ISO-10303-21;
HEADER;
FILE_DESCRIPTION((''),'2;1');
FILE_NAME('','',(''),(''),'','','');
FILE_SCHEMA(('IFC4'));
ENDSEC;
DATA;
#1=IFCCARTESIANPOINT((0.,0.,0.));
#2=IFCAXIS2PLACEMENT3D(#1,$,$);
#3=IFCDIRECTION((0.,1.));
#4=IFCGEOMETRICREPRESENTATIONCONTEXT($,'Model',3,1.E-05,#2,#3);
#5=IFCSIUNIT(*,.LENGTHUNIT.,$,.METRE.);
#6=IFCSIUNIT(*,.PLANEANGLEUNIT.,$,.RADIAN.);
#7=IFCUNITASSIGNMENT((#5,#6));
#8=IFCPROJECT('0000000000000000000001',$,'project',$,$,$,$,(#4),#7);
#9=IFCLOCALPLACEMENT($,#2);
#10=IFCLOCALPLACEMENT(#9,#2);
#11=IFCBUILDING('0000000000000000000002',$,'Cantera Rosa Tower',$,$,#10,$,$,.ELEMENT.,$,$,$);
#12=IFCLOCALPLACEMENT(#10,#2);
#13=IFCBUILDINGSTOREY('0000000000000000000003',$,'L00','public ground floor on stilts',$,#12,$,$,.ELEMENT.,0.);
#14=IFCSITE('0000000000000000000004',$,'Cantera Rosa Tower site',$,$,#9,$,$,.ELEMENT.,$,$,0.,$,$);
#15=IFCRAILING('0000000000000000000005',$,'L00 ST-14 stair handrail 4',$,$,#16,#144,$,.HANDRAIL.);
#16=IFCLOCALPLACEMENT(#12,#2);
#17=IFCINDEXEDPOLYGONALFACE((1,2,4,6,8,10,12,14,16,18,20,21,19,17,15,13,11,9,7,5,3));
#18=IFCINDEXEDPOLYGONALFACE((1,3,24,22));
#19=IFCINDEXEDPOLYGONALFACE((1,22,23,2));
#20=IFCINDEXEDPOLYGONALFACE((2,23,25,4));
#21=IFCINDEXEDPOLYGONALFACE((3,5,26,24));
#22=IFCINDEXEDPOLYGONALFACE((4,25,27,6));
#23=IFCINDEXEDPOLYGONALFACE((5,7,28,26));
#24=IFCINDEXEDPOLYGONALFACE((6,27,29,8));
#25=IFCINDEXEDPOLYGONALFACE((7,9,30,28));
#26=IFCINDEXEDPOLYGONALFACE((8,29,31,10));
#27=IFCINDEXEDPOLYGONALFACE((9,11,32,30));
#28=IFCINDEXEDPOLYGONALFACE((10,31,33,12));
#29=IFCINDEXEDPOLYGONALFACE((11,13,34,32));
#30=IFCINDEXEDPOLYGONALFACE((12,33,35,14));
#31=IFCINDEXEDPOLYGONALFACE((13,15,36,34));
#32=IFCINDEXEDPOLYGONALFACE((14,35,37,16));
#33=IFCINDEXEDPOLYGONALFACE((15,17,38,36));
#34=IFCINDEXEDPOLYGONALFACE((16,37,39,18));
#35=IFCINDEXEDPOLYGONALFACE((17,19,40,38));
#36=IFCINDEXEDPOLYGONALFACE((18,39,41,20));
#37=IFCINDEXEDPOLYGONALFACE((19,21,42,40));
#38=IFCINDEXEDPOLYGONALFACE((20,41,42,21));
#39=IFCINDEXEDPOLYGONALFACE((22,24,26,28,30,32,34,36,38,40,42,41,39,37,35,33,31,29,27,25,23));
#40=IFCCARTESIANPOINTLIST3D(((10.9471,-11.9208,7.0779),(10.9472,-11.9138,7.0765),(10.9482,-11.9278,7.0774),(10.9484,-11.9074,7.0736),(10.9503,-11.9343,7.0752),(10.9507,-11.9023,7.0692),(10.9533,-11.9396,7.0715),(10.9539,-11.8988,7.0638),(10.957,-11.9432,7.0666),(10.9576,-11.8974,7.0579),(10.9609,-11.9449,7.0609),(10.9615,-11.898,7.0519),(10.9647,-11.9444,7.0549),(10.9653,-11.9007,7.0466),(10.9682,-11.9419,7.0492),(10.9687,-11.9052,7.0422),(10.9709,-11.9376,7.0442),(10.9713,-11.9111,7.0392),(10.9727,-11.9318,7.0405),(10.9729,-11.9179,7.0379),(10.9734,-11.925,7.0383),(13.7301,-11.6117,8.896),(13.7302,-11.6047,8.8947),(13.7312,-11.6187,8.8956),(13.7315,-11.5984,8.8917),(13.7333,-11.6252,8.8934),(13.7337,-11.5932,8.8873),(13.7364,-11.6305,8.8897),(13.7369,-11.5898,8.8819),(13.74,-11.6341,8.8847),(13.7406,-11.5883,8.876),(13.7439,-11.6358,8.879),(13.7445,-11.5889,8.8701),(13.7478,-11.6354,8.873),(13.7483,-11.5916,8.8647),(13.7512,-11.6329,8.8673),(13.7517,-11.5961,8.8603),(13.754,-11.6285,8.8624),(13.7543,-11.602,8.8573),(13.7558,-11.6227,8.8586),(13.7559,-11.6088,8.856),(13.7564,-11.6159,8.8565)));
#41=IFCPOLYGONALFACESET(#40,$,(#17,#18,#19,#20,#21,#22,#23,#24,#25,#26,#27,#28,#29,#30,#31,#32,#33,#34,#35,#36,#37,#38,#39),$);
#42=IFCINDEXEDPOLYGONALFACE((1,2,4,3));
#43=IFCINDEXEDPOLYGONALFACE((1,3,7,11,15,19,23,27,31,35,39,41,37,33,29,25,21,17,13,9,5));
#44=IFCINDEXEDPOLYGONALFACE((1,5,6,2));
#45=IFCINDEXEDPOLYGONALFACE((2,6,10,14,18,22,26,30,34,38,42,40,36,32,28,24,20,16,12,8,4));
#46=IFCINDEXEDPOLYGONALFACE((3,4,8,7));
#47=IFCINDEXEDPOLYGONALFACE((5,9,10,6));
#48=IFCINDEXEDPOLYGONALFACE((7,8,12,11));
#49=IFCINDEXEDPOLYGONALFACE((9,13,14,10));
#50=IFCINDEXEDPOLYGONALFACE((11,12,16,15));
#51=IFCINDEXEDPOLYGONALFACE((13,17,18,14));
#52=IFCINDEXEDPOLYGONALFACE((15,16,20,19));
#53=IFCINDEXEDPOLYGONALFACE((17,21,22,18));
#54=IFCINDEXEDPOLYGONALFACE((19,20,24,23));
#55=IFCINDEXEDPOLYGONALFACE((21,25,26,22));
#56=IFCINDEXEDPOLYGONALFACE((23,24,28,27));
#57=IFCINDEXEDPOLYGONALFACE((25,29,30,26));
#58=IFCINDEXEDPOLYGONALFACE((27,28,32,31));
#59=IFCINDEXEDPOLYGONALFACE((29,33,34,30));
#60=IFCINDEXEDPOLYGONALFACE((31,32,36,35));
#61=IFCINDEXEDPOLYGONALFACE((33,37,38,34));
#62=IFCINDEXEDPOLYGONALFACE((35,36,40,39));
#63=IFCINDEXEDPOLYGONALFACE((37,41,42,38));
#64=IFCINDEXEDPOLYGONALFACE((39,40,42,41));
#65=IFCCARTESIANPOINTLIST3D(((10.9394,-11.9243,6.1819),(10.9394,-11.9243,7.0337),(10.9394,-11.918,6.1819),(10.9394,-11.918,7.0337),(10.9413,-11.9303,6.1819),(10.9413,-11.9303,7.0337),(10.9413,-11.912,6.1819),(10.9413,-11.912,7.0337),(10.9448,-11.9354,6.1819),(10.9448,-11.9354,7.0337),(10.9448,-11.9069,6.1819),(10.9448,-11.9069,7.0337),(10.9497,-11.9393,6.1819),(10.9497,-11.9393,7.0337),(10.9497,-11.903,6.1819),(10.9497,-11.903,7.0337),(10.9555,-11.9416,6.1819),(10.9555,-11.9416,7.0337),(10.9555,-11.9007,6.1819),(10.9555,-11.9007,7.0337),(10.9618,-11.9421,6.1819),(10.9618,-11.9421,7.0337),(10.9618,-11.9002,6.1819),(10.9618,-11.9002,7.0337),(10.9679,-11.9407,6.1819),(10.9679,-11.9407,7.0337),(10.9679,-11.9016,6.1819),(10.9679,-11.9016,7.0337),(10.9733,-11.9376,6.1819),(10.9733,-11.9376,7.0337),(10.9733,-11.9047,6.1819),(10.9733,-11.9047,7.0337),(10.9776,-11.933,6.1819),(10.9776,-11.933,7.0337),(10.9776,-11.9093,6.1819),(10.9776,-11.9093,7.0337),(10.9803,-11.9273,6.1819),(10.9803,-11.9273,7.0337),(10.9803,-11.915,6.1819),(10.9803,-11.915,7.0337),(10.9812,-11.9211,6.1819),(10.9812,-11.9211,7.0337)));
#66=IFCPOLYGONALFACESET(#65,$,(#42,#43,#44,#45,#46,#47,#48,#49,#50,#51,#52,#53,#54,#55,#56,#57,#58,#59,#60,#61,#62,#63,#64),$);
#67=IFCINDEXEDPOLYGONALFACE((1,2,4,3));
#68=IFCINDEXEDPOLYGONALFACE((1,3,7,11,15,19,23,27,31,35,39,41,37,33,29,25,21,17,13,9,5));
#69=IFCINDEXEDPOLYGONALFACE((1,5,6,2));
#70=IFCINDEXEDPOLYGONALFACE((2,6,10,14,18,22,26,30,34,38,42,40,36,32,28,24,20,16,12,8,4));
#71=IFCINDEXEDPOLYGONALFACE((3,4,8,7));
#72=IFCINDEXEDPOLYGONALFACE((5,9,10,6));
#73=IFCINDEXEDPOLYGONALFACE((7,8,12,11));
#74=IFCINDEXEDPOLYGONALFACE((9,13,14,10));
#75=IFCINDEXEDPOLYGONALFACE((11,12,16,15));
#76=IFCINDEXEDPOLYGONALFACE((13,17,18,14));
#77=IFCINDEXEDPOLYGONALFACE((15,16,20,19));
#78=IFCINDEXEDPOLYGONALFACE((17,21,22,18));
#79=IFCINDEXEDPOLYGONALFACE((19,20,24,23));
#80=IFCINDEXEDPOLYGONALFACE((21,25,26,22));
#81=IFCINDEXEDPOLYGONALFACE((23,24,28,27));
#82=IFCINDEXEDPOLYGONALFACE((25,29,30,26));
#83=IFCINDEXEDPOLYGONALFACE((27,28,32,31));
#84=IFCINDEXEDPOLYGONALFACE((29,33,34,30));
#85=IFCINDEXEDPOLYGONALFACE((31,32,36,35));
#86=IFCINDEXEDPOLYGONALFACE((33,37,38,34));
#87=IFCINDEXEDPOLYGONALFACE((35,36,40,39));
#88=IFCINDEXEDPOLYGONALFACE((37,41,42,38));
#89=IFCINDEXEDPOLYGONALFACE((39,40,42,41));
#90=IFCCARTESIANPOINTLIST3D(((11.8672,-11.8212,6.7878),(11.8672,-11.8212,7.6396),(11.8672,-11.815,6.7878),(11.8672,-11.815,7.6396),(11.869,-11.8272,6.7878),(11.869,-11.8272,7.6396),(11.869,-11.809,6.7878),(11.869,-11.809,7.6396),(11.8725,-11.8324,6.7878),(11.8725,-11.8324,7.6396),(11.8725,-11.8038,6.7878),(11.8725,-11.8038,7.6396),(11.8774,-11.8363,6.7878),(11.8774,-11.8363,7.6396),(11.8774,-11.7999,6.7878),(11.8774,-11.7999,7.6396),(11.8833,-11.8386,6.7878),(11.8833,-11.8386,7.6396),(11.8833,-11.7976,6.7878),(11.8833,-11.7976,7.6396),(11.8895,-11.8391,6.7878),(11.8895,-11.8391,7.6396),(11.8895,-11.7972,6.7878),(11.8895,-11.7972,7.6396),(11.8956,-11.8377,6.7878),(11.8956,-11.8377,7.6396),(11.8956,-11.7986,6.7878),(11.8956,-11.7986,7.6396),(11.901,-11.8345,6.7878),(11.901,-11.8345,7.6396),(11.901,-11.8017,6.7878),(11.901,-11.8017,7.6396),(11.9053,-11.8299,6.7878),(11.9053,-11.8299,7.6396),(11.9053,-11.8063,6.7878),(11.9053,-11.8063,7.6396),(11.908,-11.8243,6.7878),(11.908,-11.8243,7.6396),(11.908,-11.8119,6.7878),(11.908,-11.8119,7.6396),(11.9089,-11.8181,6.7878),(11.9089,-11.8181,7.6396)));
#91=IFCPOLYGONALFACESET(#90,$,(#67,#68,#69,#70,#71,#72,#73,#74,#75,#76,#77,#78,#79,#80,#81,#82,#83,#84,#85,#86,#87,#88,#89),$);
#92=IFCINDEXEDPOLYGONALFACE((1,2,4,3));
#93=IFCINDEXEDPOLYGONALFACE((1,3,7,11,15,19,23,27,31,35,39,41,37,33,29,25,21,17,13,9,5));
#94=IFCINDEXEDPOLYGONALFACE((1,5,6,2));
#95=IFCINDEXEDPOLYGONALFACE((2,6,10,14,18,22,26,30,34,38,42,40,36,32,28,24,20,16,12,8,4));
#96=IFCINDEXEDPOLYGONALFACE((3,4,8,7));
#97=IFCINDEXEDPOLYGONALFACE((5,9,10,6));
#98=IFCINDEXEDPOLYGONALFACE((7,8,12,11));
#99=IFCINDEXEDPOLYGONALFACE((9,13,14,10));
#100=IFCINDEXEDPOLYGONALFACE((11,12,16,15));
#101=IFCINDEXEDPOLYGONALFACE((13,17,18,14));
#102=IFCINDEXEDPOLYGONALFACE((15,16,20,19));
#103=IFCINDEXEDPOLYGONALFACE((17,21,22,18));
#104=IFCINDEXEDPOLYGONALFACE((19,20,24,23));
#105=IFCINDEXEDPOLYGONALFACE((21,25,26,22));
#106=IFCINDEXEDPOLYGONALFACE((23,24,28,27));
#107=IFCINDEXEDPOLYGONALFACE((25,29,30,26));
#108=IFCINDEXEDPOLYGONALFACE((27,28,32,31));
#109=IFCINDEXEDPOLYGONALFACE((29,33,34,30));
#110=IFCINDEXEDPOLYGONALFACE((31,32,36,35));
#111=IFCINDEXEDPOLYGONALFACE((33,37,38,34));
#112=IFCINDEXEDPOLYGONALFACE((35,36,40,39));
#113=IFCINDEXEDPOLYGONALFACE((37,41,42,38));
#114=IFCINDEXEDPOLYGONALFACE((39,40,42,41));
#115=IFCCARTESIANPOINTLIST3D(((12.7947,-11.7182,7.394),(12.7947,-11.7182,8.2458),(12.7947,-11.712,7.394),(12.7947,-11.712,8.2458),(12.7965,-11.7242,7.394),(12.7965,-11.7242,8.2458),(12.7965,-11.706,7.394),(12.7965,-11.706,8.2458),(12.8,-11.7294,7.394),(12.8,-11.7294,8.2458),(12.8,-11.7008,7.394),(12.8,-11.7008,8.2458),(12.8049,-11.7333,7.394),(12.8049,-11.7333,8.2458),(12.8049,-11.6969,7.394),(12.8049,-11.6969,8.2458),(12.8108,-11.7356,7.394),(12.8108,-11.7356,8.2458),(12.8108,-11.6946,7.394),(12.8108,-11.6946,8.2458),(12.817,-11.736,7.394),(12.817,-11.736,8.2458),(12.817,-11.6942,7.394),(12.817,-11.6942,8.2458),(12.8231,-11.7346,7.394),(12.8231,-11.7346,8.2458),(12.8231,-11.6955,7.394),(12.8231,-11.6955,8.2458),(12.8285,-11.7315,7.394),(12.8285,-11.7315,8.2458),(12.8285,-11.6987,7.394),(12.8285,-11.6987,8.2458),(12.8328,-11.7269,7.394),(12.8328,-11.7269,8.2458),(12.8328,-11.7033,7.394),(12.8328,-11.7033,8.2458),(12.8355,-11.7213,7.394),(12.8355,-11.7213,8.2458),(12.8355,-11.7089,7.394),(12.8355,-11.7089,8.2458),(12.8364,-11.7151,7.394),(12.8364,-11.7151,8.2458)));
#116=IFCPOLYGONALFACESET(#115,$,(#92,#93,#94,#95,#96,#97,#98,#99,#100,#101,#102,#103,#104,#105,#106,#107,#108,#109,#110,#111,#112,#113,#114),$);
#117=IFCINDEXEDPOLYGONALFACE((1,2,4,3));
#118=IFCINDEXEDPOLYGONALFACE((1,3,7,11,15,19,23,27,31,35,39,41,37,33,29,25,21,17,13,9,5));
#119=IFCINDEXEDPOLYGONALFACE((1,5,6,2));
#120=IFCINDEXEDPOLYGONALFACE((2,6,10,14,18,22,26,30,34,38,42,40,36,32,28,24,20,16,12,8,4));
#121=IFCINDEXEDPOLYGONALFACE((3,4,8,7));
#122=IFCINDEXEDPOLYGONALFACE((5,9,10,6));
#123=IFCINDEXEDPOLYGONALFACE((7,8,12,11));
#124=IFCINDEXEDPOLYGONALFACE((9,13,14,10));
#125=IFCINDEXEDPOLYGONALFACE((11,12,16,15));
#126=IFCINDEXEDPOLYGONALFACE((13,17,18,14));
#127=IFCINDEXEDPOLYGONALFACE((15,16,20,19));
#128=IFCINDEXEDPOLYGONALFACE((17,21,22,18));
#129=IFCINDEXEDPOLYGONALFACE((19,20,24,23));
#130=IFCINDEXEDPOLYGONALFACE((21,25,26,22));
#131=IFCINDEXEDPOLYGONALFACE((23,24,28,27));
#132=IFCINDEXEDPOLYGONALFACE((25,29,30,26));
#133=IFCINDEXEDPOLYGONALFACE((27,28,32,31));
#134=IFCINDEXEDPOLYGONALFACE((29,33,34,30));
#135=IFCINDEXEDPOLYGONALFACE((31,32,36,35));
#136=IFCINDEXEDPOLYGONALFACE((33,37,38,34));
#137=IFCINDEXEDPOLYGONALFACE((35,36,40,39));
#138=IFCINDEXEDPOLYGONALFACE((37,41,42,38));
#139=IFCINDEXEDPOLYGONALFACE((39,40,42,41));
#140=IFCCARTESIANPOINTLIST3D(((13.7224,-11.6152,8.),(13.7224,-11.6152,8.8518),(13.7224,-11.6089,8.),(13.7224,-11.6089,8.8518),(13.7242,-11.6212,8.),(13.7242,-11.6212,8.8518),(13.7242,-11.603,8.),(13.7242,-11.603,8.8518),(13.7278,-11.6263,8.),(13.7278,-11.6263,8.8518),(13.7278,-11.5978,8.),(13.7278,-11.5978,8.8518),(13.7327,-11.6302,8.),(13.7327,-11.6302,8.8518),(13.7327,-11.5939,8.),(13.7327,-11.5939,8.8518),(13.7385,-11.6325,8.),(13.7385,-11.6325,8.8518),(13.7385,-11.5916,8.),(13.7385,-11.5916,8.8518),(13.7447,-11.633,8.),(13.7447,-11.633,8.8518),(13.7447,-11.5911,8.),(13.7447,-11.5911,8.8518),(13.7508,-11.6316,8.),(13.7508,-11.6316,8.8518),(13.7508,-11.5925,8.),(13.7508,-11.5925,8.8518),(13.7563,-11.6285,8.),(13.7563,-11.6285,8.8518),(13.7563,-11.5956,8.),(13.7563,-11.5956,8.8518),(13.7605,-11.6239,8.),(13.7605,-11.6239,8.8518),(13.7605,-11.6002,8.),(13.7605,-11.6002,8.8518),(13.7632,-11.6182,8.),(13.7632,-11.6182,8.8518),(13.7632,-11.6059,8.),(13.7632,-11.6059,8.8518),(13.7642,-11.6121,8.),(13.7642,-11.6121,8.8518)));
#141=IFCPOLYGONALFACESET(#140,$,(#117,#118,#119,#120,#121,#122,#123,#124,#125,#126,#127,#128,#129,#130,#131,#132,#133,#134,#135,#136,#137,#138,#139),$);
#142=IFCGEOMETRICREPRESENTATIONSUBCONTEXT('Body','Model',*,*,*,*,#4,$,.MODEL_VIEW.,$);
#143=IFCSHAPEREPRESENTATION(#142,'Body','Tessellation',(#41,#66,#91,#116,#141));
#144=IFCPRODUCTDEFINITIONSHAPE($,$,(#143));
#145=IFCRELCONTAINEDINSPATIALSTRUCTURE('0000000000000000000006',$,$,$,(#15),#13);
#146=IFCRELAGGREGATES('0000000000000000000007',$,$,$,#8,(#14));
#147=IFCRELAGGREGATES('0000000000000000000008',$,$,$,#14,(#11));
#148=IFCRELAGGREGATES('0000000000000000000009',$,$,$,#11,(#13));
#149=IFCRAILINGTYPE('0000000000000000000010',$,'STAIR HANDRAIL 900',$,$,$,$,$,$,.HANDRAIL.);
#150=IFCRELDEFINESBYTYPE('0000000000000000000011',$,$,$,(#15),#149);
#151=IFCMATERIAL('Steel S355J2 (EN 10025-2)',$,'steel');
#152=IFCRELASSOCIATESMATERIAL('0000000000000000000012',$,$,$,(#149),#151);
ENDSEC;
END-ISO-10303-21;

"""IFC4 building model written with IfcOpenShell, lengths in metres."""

from ifc_helpers import new_model, si_unit, direction, frame, origin, origin_2d, place, context, subcontext, project, spatial, circle, extrude, material, type_object, element, save


model = new_model("IFC4")

# Units and contexts
model_context = context("Model", 3, precision=1e-05, world=origin(), true_north=direction((0.0, 1.0)))
body_context = subcontext(model_context, "Body", "Model", "MODEL_VIEW")
ifc_project = project(units=[si_unit("LENGTHUNIT", "METRE"), si_unit("PLANEANGLEUNIT", "RADIAN")], contexts=[model_context])

# Site, building, storey
site_placement = place(None, origin())
site = spatial("IfcSite", under=ifc_project, at=site_placement, Name="Cantera Rosa Tower site", CompositionType="ELEMENT", RefElevation=0.0)
building_placement = place(site_placement, origin())
building = spatial("IfcBuilding", under=site, at=building_placement, Name="Cantera Rosa Tower", CompositionType="ELEMENT")
storey_placement = place(building_placement, origin())
storey = spatial("IfcBuildingStorey", under=building, at=storey_placement, Name="L00", Description="public ground floor on stilts", CompositionType="ELEMENT", Elevation=0.0)

# Railing
ifc_material_1 = material(Name="Steel S355J2 (EN 10025-2)", Category="steel")
railing_type_1 = type_object("IfcRailingType", Name="STAIR HANDRAIL 900", PredefinedType="HANDRAIL", material=ifc_material_1)
for number, where, name in (
    (1, (10.9602, -11.9211, 6.1819), "L00 ST-14 stair handrail 4"),
):
    element("IfcRailing", number, at=place(storey_placement, frame(where)), inside=storey, type_object=railing_type_1, Name=name, PredefinedType="HANDRAIL", context=body_context, shape_type="SweptSolid", body=[
        extrude(circle(Radius=0.0239, at=origin_2d()), frame((0.0, 0.0, 0.876), z_axis=(0.833582, 0.09258, 0.544582), x_axis=(-0.110384, 0.993889, 0.0)), (0.0, 0.0, 1.0), 3.3386),
        extrude(circle(Radius=0.021, at=origin_2d()), origin(), (0.0, 0.0, 1.0), 0.8518),
        extrude(circle(Radius=0.021, at=origin_2d()), frame((0.9277, 0.103, 0.606)), (0.0, 0.0, 1.0), 0.8518),
        extrude(circle(Radius=0.021, at=origin_2d()), frame((1.8552, 0.2061, 1.2122)), (0.0, 0.0, 1.0), 0.8518),
        extrude(circle(Radius=0.021, at=origin_2d()), frame((2.783, 0.3091, 1.8181)), (0.0, 0.0, 1.0), 0.8518),
    ])

save(model, "model.ifc")
